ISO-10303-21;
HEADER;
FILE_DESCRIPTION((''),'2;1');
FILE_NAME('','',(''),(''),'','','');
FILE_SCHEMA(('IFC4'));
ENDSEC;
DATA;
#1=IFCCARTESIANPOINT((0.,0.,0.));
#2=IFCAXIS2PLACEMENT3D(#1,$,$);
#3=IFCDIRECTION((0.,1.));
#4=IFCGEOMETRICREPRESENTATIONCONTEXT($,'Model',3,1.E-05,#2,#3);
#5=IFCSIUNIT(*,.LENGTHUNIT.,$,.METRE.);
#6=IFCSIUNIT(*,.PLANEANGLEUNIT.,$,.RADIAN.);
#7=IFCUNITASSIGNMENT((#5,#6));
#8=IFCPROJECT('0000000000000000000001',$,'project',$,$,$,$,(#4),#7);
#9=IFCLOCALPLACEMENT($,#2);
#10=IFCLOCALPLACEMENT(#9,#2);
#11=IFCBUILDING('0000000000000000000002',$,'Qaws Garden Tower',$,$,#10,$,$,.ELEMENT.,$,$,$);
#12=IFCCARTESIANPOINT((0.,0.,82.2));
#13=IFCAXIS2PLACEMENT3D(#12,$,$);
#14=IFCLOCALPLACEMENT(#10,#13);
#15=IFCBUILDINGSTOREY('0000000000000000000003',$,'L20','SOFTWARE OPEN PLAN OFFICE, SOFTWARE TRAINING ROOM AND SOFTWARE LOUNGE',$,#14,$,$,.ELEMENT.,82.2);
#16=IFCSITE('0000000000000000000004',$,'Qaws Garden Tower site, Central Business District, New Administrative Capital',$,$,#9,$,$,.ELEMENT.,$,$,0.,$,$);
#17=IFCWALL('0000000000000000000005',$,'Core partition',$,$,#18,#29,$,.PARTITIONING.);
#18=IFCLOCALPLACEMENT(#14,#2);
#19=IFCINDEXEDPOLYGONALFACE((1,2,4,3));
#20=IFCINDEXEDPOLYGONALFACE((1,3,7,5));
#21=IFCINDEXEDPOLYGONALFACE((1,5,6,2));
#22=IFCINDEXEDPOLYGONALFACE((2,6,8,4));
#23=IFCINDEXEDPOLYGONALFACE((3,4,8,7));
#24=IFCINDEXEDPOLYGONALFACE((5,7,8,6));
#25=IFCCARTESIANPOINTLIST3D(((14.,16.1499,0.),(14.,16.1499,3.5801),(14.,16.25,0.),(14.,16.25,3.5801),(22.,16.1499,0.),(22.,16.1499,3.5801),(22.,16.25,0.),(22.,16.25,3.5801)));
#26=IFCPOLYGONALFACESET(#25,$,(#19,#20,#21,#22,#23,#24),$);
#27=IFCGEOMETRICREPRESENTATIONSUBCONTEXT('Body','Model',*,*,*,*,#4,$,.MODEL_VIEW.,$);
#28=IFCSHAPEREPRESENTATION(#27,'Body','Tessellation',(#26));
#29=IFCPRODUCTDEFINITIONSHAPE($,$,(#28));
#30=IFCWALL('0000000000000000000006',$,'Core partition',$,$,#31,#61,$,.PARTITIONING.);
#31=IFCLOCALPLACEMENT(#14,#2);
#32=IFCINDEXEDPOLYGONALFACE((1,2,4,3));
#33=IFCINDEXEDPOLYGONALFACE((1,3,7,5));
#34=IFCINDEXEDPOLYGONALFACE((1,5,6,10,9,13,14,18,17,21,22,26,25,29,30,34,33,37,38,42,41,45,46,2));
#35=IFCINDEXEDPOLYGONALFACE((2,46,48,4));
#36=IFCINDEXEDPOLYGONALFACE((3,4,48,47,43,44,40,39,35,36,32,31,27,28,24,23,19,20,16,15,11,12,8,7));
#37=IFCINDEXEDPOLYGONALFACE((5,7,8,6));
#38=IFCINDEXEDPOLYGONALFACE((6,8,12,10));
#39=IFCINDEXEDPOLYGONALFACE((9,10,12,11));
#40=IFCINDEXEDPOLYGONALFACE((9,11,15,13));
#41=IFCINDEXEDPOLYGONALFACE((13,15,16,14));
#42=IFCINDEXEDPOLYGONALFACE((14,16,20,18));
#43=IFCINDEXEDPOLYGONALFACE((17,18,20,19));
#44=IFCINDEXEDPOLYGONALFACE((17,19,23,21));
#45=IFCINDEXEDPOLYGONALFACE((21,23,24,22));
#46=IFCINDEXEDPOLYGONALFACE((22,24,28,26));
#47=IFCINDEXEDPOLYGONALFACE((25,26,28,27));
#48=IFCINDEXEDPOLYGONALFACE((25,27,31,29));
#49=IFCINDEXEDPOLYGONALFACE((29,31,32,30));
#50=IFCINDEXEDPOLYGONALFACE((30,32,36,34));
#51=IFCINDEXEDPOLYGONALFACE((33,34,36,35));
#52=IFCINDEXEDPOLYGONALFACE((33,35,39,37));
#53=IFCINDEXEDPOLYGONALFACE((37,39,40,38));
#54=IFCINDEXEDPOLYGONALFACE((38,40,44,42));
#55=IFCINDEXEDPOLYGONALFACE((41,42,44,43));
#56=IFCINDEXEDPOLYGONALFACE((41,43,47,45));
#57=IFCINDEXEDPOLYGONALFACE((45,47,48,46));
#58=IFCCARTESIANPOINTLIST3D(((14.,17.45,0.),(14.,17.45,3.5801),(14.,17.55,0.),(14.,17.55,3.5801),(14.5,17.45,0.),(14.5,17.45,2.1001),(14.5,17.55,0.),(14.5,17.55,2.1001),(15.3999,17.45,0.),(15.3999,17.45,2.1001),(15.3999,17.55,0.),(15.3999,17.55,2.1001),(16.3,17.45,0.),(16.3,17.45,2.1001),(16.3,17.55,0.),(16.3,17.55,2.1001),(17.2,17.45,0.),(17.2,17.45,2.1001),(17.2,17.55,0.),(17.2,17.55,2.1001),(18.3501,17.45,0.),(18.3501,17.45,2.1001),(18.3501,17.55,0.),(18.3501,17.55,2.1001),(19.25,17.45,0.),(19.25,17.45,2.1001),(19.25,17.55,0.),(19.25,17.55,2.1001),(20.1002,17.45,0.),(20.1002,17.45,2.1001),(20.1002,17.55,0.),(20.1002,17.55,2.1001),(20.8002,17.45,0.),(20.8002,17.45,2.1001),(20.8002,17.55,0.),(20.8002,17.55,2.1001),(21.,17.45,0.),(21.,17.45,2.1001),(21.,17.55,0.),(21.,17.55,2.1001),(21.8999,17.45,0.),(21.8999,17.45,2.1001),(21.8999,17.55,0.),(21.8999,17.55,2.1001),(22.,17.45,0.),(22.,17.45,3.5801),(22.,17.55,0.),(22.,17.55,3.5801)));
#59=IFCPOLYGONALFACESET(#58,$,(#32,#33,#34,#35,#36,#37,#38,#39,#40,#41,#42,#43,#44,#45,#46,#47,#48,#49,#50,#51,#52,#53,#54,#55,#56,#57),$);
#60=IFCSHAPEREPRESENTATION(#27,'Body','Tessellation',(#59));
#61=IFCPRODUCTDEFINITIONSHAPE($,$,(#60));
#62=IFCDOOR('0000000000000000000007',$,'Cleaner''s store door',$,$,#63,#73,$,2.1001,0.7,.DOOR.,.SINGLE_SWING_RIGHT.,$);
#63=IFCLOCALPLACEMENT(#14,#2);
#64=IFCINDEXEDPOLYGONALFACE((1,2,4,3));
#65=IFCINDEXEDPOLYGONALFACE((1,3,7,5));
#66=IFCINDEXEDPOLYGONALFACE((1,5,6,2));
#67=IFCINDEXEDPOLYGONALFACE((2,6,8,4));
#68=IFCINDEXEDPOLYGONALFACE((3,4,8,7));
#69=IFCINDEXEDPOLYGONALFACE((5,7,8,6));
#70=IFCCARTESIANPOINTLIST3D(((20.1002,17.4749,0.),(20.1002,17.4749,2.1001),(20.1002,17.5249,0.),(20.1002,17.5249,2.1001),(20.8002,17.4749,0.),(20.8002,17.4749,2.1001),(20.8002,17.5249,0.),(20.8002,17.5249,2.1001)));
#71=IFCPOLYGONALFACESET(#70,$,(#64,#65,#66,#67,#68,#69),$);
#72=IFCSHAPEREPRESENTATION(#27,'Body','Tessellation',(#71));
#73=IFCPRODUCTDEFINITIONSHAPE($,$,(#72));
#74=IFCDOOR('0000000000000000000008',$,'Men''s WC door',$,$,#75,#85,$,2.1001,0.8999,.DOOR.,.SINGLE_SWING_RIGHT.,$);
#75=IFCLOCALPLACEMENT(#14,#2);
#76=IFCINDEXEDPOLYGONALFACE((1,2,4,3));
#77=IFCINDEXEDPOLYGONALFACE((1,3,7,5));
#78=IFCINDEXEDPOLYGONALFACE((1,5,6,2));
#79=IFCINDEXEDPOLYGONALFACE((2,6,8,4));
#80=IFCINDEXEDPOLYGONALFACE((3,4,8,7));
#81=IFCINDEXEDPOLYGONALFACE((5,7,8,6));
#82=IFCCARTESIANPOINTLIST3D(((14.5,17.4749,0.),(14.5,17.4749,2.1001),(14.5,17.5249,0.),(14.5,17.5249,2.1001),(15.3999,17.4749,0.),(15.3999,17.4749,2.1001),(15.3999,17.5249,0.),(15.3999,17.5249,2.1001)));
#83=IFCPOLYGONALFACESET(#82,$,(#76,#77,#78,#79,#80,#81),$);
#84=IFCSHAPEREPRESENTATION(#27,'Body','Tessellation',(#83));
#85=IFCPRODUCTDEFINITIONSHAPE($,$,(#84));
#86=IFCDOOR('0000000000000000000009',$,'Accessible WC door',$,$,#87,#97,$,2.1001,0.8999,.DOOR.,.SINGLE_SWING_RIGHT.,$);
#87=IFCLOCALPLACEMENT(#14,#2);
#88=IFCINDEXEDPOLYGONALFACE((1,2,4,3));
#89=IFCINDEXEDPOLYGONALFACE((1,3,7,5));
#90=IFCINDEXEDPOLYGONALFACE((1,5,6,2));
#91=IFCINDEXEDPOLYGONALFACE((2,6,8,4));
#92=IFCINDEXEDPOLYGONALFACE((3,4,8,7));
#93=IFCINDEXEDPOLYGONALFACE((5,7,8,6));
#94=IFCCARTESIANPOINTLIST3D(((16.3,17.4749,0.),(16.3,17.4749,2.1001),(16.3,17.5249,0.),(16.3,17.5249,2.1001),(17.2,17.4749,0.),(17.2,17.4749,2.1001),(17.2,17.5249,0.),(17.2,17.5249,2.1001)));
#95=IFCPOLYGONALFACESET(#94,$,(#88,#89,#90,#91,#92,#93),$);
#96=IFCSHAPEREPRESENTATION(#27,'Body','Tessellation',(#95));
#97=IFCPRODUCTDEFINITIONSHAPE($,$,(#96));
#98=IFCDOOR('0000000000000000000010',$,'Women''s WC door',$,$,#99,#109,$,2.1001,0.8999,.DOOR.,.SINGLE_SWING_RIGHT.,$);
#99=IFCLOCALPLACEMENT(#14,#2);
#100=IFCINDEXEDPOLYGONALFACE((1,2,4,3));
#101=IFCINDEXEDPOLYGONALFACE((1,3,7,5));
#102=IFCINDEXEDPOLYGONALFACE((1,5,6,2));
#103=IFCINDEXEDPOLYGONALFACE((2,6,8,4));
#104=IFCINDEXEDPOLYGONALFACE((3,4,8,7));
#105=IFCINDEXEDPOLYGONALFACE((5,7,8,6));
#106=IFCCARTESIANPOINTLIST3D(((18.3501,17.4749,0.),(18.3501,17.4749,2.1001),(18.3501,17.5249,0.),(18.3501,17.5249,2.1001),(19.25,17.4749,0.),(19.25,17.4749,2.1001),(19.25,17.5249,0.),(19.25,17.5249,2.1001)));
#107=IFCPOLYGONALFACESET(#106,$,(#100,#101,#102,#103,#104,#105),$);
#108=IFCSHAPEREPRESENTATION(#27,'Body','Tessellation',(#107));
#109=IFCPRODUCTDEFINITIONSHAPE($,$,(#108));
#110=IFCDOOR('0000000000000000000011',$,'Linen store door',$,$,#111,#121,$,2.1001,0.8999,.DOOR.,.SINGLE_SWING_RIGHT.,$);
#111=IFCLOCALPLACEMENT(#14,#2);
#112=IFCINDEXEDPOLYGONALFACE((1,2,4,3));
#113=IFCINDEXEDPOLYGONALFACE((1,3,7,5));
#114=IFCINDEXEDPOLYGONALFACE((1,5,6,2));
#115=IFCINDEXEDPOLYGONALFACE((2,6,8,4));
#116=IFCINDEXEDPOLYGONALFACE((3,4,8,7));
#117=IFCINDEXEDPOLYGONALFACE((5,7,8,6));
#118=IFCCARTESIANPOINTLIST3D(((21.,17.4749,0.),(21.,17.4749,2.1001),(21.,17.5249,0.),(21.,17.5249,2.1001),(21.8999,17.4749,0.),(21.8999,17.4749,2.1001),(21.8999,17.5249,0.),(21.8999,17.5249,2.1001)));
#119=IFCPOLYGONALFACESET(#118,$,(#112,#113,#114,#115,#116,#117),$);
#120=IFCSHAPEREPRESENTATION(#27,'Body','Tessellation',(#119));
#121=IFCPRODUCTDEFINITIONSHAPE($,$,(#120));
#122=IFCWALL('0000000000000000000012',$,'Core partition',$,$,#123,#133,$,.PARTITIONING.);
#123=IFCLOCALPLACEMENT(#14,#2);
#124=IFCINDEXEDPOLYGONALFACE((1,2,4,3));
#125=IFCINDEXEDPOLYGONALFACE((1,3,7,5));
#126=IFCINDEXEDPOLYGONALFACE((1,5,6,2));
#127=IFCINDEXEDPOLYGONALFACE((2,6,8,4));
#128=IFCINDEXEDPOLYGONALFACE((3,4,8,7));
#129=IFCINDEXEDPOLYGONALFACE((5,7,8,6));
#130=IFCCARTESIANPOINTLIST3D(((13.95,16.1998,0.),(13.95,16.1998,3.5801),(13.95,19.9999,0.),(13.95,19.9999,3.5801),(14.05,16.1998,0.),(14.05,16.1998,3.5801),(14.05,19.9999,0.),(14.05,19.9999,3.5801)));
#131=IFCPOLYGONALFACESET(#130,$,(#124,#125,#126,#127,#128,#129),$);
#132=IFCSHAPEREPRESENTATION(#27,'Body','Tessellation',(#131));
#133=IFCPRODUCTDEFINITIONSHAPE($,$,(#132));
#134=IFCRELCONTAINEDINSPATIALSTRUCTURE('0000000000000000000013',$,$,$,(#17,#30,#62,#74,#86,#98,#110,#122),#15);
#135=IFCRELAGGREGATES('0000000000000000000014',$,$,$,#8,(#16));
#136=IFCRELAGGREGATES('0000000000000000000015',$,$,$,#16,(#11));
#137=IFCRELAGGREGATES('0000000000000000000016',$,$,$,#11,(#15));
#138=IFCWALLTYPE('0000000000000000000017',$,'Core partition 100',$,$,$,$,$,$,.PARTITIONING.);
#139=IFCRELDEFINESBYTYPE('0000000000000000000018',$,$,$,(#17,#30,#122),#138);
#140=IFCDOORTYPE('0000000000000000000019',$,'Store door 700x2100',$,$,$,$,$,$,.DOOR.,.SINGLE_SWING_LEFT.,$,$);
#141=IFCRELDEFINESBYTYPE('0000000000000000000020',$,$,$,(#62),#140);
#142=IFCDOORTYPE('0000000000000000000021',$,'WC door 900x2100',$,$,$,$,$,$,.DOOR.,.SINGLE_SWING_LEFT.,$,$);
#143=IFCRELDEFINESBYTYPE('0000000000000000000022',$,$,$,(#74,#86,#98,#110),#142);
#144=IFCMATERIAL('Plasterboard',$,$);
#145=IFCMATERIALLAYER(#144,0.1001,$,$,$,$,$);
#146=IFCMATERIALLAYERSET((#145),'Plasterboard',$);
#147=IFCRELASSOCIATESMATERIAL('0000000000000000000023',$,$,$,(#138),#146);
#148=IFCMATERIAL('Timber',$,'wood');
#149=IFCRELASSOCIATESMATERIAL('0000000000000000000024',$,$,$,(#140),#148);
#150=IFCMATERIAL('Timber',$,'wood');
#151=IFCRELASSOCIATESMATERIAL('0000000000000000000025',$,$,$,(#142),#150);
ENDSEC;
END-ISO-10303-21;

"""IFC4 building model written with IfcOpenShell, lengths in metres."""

from ifc_helpers import new_model, si_unit, direction, frame, frame_2d, origin, place, context, subcontext, project, spatial, rectangle, extrude, material, layer, layer_set, type_object, element, fill, save


model = new_model("IFC4")

# Units and contexts
model_context = context("Model", 3, precision=1e-05, world=origin(), true_north=direction((0.0, 1.0)))
body_context = subcontext(model_context, "Body", "Model", "MODEL_VIEW")
ifc_project = project(units=[si_unit("LENGTHUNIT", "METRE"), si_unit("PLANEANGLEUNIT", "RADIAN")], contexts=[model_context])

# Site, building, storey
site_placement = place(None, origin())
site = spatial("IfcSite", under=ifc_project, at=site_placement, Name="Qaws Garden Tower site, Central Business District, New Administrative Capital", CompositionType="ELEMENT", RefElevation=0.0)
building_placement = place(site_placement, origin())
building = spatial("IfcBuilding", under=site, at=building_placement, Name="Qaws Garden Tower", CompositionType="ELEMENT")
storey_placement = place(building_placement, frame((0.0, 0.0, 82.2)))
storey = spatial("IfcBuildingStorey", under=building, at=storey_placement, Name="L20", Description="SOFTWARE OPEN PLAN OFFICE, SOFTWARE TRAINING ROOM AND SOFTWARE LOUNGE", CompositionType="ELEMENT", Elevation=82.2)

# Wall
ifc_material_1 = material(Name="Plasterboard")
ifc_layer_1 = layer(ifc_material_1, 0.1001)
ifc_layer_set_1 = layer_set([ifc_layer_1], Name="Plasterboard")
wall_type_1 = type_object("IfcWallType", Name="Core partition 100", PredefinedType="PARTITIONING", material=ifc_layer_set_1)
wall_1_placement = place(storey_placement, frame((14.0, 16.2, 0.0), z_axis=(0.0, 0.0, 1.0), x_axis=(1.0, 0.0, 0.0)))
element("IfcWall", 1, at=wall_1_placement, inside=storey, type_object=wall_type_1, Name="Core partition", PredefinedType="PARTITIONING", context=body_context, shape_type="SweptSolid", body=[
    extrude(rectangle(XDim=8.0, YDim=0.1001, at=frame_2d((4.0, 0.0))), origin(), (0.0, 0.0, 1.0), 3.5801),
])

# Wall, openings, doors
wall_2_placement = place(storey_placement, frame((14.0, 17.5, 0.0), z_axis=(0.0, 0.0, 1.0), x_axis=(1.0, 0.0, 0.0)))
wall_2 = element("IfcWall", 2, at=wall_2_placement, inside=storey, type_object=wall_type_1, Name="Core partition", PredefinedType="PARTITIONING", context=body_context, shape_type="SweptSolid", body=[
    extrude(rectangle(XDim=8.0, YDim=0.1001, at=frame_2d((4.0, 0.0))), origin(), (0.0, 0.0, 1.0), 3.5801),
])
opening_1_placement = place(wall_2_placement, frame((0.5, 0.0, 0.0)))
opening_1 = element("IfcOpeningElement", 3, at=opening_1_placement, cuts=wall_2, PredefinedType="OPENING", context=body_context, shape_type="SweptSolid", body=[
    extrude(rectangle(XDim=0.8999, YDim=2.1001, at=frame_2d((0.45, 1.05))), frame((0.0, 0.0601, 0.0), z_axis=(0.0, -1.0, 0.0), x_axis=(1.0, 0.0, 0.0)), (0.0, 0.0, 1.0), 0.1201),
])
opening_2_placement = place(wall_2_placement, frame((2.3, 0.0, 0.0)))
opening_2 = element("IfcOpeningElement", 4, at=opening_2_placement, cuts=wall_2, PredefinedType="OPENING", context=body_context, shape_type="SweptSolid", body=[
    extrude(rectangle(XDim=0.8999, YDim=2.1001, at=frame_2d((0.45, 1.05))), frame((0.0, 0.0601, 0.0), z_axis=(0.0, -1.0, 0.0), x_axis=(1.0, 0.0, 0.0)), (0.0, 0.0, 1.0), 0.1201),
])
opening_3_placement = place(wall_2_placement, frame((4.3501, 0.0, 0.0)))
opening_3 = element("IfcOpeningElement", 5, at=opening_3_placement, cuts=wall_2, PredefinedType="OPENING", context=body_context, shape_type="SweptSolid", body=[
    extrude(rectangle(XDim=0.8999, YDim=2.1001, at=frame_2d((0.45, 1.05))), frame((0.0, 0.0601, 0.0), z_axis=(0.0, -1.0, 0.0), x_axis=(1.0, 0.0, 0.0)), (0.0, 0.0, 1.0), 0.1201),
])
opening_4_placement = place(wall_2_placement, frame((6.1001, 0.0, 0.0)))
opening_4 = element("IfcOpeningElement", 6, at=opening_4_placement, cuts=wall_2, PredefinedType="OPENING", context=body_context, shape_type="SweptSolid", body=[
    extrude(rectangle(XDim=0.7, YDim=2.1001, at=frame_2d((0.3501, 1.05))), frame((0.0, 0.0601, 0.0), z_axis=(0.0, -1.0, 0.0), x_axis=(1.0, 0.0, 0.0)), (0.0, 0.0, 1.0), 0.1201),
])
opening_5_placement = place(wall_2_placement, frame((7.0, 0.0, 0.0)))
opening_5 = element("IfcOpeningElement", 7, at=opening_5_placement, cuts=wall_2, PredefinedType="OPENING", context=body_context, shape_type="SweptSolid", body=[
    extrude(rectangle(XDim=0.8999, YDim=2.1001, at=frame_2d((0.45, 1.05))), frame((0.0, 0.0601, 0.0), z_axis=(0.0, -1.0, 0.0), x_axis=(1.0, 0.0, 0.0)), (0.0, 0.0, 1.0), 0.1201),
])
ifc_material_2 = material(Name="Timber", Category="wood")
door_type_1 = type_object("IfcDoorType", Name="Store door 700x2100", OperationType="SINGLE_SWING_LEFT", PredefinedType="DOOR", material=ifc_material_2)
door_1_placement = place(opening_4_placement, origin())
door_1 = element("IfcDoor", 8, at=door_1_placement, inside=storey, type_object=door_type_1, Name="Cleaner's store door", OperationType="SINGLE_SWING_RIGHT", OverallHeight=2.1001, OverallWidth=0.7, PredefinedType="DOOR", context=body_context, shape_type="SweptSolid", body=[
    extrude(rectangle(XDim=0.7, YDim=2.1001, at=frame_2d((0.3501, 1.05))), frame((0.0, 0.0249, 0.0), z_axis=(0.0, -1.0, 0.0), x_axis=(1.0, 0.0, 0.0)), (0.0, 0.0, 1.0), 0.05),
])
fill(opening_4, door_1)
ifc_material_3 = material(Name="Timber", Category="wood")
door_type_2 = type_object("IfcDoorType", Name="WC door 900x2100", OperationType="SINGLE_SWING_LEFT", PredefinedType="DOOR", material=ifc_material_3)
door_2_placement = place(opening_1_placement, origin())
door_2 = element("IfcDoor", 9, at=door_2_placement, inside=storey, type_object=door_type_2, Name="Men's WC door", OperationType="SINGLE_SWING_RIGHT", OverallHeight=2.1001, OverallWidth=0.8999, PredefinedType="DOOR", context=body_context, shape_type="SweptSolid", body=[
    extrude(rectangle(XDim=0.8999, YDim=2.1001, at=frame_2d((0.45, 1.05))), frame((0.0, 0.0249, 0.0), z_axis=(0.0, -1.0, 0.0), x_axis=(1.0, 0.0, 0.0)), (0.0, 0.0, 1.0), 0.05),
])
fill(opening_1, door_2)
door_3_placement = place(opening_2_placement, origin())
door_3 = element("IfcDoor", 10, at=door_3_placement, inside=storey, type_object=door_type_2, Name="Accessible WC door", OperationType="SINGLE_SWING_RIGHT", OverallHeight=2.1001, OverallWidth=0.8999, PredefinedType="DOOR", context=body_context, shape_type="SweptSolid", body=[
    extrude(rectangle(XDim=0.8999, YDim=2.1001, at=frame_2d((0.45, 1.05))), frame((0.0, 0.0249, 0.0), z_axis=(0.0, -1.0, 0.0), x_axis=(1.0, 0.0, 0.0)), (0.0, 0.0, 1.0), 0.05),
])
fill(opening_2, door_3)
door_4_placement = place(opening_3_placement, origin())
door_4 = element("IfcDoor", 11, at=door_4_placement, inside=storey, type_object=door_type_2, Name="Women's WC door", OperationType="SINGLE_SWING_RIGHT", OverallHeight=2.1001, OverallWidth=0.8999, PredefinedType="DOOR", context=body_context, shape_type="SweptSolid", body=[
    extrude(rectangle(XDim=0.8999, YDim=2.1001, at=frame_2d((0.45, 1.05))), frame((0.0, 0.0249, 0.0), z_axis=(0.0, -1.0, 0.0), x_axis=(1.0, 0.0, 0.0)), (0.0, 0.0, 1.0), 0.05),
])
fill(opening_3, door_4)
door_5_placement = place(opening_5_placement, origin())
door_5 = element("IfcDoor", 12, at=door_5_placement, inside=storey, type_object=door_type_2, Name="Linen store door", OperationType="SINGLE_SWING_RIGHT", OverallHeight=2.1001, OverallWidth=0.8999, PredefinedType="DOOR", context=body_context, shape_type="SweptSolid", body=[
    extrude(rectangle(XDim=0.8999, YDim=2.1001, at=frame_2d((0.45, 1.05))), frame((0.0, 0.0249, 0.0), z_axis=(0.0, -1.0, 0.0), x_axis=(1.0, 0.0, 0.0)), (0.0, 0.0, 1.0), 0.05),
])
fill(opening_5, door_5)

# Wall
wall_3_placement = place(storey_placement, frame((14.0, 16.2, 0.0), z_axis=(0.0, 0.0, 1.0), x_axis=(0.0, 1.0, 0.0)))
element("IfcWall", 13, at=wall_3_placement, inside=storey, type_object=wall_type_1, Name="Core partition", PredefinedType="PARTITIONING", context=body_context, shape_type="SweptSolid", body=[
    extrude(rectangle(XDim=3.8, YDim=0.1001, at=frame_2d((1.8999, 0.0))), origin(), (0.0, 0.0, 1.0), 3.5801),
])

save(model, "model.ifc")
